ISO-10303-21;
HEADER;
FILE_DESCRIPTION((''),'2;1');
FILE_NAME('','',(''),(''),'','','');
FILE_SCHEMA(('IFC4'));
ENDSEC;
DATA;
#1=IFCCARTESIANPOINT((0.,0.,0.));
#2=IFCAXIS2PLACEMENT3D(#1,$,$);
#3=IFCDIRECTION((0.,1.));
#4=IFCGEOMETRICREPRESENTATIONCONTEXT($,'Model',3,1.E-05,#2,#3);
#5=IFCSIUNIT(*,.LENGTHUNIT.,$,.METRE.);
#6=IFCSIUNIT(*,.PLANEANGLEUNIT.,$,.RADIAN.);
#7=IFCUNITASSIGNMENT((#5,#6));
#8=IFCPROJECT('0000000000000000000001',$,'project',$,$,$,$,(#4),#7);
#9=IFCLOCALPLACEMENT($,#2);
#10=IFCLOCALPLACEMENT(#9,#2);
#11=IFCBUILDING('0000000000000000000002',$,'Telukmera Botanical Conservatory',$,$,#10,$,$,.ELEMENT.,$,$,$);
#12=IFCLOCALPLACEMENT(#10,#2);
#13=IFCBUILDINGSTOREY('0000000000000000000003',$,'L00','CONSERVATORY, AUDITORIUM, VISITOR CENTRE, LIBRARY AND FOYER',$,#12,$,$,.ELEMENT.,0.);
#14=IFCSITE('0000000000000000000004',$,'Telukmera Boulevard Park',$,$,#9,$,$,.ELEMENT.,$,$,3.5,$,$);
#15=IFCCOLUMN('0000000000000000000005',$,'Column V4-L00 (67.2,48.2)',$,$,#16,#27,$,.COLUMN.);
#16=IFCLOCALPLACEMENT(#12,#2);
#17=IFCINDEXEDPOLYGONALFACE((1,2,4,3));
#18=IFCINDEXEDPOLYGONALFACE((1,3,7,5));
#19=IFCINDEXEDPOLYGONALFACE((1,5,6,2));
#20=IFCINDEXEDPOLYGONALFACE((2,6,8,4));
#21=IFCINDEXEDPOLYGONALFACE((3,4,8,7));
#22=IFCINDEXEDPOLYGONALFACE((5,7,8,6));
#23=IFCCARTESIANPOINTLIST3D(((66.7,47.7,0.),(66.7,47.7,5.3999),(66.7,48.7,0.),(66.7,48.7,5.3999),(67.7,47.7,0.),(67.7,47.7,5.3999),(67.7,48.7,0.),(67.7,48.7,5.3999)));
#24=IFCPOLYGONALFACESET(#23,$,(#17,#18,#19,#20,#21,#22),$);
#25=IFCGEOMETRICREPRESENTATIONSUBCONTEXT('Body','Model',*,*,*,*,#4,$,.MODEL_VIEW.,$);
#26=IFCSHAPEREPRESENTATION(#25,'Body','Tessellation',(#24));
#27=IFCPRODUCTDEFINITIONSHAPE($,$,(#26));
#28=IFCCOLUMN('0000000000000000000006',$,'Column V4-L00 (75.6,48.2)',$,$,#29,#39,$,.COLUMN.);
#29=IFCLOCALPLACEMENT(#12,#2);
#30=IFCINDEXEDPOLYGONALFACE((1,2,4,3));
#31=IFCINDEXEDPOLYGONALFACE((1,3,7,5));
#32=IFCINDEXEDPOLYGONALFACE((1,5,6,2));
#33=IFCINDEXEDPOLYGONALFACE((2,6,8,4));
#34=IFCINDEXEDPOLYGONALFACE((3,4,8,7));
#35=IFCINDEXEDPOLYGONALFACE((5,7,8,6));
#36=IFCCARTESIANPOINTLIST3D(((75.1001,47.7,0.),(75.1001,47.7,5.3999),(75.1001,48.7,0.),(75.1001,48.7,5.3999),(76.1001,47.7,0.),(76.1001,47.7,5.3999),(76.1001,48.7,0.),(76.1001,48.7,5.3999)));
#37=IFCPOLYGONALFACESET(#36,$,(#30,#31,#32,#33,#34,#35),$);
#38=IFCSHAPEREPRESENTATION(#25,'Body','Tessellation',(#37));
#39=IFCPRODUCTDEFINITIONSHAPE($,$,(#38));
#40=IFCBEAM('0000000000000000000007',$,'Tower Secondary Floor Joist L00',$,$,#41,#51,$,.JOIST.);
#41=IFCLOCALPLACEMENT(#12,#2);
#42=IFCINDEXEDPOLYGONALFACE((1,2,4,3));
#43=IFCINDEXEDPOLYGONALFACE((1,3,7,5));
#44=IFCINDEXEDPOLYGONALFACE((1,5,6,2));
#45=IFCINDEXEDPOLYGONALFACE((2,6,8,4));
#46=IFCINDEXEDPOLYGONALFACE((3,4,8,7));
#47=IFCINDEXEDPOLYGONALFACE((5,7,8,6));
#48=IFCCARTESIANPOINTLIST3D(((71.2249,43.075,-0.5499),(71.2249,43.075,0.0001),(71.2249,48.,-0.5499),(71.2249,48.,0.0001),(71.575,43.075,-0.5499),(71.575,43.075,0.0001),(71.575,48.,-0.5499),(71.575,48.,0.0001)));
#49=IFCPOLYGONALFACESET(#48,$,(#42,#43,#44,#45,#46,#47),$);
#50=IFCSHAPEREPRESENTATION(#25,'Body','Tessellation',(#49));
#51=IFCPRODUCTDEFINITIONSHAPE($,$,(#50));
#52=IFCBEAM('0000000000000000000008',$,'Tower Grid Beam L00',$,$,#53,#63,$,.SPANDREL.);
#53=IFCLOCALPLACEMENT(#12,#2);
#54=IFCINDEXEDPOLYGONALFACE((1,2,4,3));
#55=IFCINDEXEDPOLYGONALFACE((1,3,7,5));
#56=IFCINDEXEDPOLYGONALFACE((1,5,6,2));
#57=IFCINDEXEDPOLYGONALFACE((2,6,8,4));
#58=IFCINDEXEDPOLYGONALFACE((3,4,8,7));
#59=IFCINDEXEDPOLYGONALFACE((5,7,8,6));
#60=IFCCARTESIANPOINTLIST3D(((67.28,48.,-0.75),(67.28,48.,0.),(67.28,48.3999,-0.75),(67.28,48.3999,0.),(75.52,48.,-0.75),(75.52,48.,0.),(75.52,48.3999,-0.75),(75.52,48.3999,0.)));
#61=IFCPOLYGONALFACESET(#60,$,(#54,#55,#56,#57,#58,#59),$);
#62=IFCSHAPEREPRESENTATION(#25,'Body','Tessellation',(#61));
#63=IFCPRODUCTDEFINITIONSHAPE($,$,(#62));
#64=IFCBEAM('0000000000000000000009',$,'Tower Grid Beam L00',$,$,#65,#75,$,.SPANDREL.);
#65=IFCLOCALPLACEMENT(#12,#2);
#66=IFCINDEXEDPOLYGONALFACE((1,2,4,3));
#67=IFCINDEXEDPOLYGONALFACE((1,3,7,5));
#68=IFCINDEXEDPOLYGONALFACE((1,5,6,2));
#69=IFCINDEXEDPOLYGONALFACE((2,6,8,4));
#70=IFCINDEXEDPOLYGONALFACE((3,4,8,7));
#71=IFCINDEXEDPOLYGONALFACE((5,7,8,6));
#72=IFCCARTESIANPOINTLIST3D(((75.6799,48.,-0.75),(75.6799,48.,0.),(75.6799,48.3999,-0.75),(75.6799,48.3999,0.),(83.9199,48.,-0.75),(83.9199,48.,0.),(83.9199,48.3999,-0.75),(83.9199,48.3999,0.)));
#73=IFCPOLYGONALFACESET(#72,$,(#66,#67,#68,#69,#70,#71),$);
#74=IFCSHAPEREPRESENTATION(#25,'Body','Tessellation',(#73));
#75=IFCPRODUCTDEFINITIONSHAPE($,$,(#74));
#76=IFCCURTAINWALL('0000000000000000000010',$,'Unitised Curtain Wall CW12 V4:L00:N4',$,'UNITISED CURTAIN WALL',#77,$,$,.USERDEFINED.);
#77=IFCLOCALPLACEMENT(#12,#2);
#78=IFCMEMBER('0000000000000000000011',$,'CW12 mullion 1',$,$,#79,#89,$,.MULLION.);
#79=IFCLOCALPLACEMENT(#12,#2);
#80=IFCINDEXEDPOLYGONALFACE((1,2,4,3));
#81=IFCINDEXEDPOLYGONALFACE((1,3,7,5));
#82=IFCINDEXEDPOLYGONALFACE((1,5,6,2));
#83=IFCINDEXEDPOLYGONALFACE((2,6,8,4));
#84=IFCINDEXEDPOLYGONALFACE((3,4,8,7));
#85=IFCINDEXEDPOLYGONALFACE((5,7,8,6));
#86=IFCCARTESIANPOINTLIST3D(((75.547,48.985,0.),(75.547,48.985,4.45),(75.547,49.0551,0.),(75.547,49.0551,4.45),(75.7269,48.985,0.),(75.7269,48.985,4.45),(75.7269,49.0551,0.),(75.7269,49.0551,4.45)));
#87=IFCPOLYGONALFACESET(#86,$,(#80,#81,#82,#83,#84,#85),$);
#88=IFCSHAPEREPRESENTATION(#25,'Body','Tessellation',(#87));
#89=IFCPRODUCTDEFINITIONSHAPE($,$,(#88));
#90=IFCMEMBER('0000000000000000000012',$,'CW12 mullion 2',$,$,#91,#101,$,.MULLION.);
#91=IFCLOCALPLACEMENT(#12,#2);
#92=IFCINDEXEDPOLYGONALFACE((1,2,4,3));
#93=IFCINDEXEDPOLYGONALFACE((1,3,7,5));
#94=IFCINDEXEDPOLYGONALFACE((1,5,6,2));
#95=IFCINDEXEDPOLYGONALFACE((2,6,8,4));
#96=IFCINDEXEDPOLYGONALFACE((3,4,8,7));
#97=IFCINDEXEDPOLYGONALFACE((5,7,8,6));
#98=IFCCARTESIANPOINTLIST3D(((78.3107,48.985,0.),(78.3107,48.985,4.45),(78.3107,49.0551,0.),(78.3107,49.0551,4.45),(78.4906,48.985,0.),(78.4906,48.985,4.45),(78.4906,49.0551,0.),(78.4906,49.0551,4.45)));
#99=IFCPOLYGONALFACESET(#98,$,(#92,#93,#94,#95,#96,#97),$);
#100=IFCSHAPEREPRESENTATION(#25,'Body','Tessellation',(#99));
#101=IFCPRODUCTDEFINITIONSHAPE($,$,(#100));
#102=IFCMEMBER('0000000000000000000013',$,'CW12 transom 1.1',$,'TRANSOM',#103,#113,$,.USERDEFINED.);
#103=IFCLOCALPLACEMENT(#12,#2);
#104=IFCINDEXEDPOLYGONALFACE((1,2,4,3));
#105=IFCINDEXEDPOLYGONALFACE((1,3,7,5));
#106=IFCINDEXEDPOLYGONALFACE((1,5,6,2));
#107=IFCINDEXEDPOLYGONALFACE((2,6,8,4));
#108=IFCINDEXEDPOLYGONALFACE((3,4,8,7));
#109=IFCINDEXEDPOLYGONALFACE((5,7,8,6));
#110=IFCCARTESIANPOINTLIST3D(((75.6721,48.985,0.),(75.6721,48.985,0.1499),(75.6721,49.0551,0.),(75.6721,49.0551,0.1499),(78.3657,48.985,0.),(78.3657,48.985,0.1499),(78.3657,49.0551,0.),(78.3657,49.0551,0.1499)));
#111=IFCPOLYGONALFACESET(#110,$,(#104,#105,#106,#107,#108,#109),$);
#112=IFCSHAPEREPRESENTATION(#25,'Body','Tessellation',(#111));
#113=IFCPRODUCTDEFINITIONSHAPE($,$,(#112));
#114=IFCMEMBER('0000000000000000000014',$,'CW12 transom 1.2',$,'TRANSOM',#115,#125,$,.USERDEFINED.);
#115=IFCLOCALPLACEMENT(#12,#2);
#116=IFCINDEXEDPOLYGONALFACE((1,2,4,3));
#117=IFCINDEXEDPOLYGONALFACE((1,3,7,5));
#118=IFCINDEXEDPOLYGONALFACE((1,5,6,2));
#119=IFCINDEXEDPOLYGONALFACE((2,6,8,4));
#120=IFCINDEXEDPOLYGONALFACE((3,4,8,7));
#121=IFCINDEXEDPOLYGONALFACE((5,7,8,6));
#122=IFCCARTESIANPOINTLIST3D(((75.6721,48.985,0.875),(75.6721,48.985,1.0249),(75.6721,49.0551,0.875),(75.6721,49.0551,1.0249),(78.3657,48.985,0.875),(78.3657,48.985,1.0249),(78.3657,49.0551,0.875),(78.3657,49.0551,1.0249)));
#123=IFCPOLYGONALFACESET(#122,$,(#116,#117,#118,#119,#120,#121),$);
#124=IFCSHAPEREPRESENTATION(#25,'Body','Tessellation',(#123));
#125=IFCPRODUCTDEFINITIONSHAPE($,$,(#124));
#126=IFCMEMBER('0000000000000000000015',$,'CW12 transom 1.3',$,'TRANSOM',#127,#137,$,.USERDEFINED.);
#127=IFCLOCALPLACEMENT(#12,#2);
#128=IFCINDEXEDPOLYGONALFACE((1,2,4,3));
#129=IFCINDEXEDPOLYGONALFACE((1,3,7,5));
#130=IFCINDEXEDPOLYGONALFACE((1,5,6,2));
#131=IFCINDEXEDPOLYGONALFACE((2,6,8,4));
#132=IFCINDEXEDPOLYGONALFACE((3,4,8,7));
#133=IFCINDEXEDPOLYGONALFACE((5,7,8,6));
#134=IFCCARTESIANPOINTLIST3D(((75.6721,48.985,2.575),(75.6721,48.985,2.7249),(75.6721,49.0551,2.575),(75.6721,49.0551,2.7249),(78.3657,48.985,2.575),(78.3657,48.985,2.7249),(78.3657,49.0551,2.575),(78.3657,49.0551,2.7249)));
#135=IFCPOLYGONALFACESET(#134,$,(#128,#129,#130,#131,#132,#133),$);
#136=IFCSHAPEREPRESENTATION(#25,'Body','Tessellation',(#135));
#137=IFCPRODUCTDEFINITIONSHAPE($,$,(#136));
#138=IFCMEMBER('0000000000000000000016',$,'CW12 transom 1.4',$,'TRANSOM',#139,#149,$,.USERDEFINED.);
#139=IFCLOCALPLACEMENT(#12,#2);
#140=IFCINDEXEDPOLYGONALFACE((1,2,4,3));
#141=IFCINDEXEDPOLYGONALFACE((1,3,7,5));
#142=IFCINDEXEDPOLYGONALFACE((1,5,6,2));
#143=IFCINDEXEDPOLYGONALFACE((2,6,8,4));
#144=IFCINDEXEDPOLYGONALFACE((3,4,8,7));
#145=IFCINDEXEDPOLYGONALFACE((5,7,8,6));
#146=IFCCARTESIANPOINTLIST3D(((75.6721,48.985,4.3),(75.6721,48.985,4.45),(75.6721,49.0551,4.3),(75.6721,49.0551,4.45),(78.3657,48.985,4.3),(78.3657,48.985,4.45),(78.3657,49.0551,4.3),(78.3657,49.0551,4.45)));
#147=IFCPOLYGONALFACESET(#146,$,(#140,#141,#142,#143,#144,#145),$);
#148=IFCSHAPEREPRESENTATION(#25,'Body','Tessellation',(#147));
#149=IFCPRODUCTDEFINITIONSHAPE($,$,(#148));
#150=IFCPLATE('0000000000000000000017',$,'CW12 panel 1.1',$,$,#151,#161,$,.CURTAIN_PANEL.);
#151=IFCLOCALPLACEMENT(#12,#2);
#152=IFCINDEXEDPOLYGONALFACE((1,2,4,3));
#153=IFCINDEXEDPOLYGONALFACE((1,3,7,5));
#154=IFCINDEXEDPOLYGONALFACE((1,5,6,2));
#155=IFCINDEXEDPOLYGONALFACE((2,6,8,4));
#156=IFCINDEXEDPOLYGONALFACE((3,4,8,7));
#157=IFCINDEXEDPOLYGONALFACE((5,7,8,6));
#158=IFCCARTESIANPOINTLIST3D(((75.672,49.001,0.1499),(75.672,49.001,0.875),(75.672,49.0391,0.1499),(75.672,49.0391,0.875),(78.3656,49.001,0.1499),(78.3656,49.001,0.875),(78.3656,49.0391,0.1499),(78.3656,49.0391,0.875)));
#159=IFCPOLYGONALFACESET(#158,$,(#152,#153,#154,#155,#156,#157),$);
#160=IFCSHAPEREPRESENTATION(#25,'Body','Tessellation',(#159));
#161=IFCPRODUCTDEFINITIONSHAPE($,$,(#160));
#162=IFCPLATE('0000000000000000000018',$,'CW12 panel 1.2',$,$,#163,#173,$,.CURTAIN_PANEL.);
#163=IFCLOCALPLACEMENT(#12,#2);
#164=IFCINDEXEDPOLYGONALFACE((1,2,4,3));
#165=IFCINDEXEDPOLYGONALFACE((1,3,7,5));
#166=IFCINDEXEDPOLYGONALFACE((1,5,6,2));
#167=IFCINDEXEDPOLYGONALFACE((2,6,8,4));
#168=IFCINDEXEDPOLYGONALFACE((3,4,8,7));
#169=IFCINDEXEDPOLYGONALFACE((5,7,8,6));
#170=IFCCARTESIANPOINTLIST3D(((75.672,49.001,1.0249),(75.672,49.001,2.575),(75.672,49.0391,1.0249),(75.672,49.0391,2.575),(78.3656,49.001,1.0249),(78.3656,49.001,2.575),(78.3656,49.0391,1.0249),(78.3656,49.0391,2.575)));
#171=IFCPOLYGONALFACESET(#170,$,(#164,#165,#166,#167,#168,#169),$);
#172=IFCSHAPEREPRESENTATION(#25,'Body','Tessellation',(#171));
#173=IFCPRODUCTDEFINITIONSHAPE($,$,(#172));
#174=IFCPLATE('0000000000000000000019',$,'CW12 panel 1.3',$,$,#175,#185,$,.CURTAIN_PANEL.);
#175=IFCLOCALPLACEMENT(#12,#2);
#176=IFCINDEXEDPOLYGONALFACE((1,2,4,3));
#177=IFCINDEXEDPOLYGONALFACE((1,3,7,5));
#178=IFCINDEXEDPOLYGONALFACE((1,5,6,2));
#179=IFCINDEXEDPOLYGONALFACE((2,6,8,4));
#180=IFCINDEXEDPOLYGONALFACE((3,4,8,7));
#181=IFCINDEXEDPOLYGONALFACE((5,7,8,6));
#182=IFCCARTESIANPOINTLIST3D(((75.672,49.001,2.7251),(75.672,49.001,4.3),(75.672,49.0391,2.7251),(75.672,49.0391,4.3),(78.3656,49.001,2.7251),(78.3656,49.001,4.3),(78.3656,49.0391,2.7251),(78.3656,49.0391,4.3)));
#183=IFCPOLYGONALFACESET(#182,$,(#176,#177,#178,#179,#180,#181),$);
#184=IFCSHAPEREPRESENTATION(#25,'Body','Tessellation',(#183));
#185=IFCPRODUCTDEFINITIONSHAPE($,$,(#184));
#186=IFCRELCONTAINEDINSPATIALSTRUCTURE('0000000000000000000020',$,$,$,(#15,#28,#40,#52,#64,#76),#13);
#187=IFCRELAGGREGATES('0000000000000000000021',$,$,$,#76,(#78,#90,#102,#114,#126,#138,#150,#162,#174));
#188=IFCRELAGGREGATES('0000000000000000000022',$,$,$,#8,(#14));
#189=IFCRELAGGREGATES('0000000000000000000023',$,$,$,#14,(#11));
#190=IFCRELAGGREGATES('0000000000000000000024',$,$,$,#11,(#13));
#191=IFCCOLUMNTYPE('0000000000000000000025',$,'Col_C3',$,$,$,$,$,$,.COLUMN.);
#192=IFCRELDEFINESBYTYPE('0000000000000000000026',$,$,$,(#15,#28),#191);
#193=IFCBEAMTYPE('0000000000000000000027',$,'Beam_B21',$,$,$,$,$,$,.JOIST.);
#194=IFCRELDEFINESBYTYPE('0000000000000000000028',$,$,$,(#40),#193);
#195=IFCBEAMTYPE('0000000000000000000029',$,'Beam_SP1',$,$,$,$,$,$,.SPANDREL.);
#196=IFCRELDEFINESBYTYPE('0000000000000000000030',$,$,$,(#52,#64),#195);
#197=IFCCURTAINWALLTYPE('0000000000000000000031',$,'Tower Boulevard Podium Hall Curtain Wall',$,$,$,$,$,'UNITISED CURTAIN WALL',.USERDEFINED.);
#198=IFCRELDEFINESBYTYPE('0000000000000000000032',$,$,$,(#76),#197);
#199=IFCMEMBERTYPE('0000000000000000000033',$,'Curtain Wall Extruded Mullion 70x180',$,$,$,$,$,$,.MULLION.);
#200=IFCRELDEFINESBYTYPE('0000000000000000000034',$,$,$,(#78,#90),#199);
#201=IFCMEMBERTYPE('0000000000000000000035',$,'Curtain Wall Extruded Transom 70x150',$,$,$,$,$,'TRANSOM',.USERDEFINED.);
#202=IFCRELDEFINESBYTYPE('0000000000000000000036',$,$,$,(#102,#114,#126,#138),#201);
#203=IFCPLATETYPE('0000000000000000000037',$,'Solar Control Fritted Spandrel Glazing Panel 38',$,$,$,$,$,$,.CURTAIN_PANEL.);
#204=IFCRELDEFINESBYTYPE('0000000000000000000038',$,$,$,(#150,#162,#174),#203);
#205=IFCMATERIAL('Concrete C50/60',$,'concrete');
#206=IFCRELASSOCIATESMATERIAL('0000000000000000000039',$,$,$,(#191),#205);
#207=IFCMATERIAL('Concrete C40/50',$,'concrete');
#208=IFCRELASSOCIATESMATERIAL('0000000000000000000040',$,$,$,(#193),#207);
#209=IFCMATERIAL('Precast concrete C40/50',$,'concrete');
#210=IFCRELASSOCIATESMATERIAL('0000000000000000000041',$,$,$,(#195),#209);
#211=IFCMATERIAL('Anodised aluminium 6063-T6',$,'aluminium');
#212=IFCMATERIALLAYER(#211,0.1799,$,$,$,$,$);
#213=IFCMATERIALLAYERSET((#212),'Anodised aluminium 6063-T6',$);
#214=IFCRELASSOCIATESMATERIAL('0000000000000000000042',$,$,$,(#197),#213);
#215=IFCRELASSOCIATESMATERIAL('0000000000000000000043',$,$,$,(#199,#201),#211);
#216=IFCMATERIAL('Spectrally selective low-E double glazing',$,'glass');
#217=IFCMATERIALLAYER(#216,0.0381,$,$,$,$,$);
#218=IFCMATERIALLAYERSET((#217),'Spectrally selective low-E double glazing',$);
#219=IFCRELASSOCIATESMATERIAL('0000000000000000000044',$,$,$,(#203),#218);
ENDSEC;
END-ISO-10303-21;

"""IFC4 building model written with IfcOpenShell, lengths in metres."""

from ifc_helpers import new_model, si_unit, direction, frame, origin, origin_2d, place, context, subcontext, project, spatial, rectangle, extrude, material, layer, layer_set, material_profile, profile_set, type_object, element, aggregate, save


model = new_model("IFC4")

# Units and contexts
model_context = context("Model", 3, precision=1e-05, world=origin(), true_north=direction((0.0, 1.0)))
body_context = subcontext(model_context, "Body", "Model", "MODEL_VIEW")
ifc_project = project(units=[si_unit("LENGTHUNIT", "METRE"), si_unit("PLANEANGLEUNIT", "RADIAN")], contexts=[model_context])

# Site, building, storey
site_placement = place(None, origin())
site = spatial("IfcSite", under=ifc_project, at=site_placement, Name="Telukmera Boulevard Park", CompositionType="ELEMENT", RefElevation=3.5)
building_placement = place(site_placement, origin())
building = spatial("IfcBuilding", under=site, at=building_placement, Name="Telukmera Botanical Conservatory", CompositionType="ELEMENT")
storey_placement = place(building_placement, origin())
storey = spatial("IfcBuildingStorey", under=building, at=storey_placement, Name="L00", Description="CONSERVATORY, AUDITORIUM, VISITOR CENTRE, LIBRARY AND FOYER", CompositionType="ELEMENT", Elevation=0.0)

# Columns
ifc_material_1 = material(Name="Concrete C50/60", Category="concrete")
ifc_material_profile_1 = material_profile(ifc_material_1, rectangle(XDim=1.0, YDim=1.0, at=origin_2d()), Name="RC 1000x1000")
ifc_profile_set_1 = profile_set([ifc_material_profile_1], Name="Concrete C50/60")
column_type = type_object("IfcColumnType", Name="Col_C3", PredefinedType="COLUMN", material=ifc_profile_set_1)
for number, where, z_axis, x_axis, name in (
    (1, (67.2, 48.2, 0.0), (0.0, 0.0, 1.0), (1.0, 0.0, 0.0), "Column V4-L00 (67.2,48.2)"),
    (2, (75.6001, 48.2, 0.0), (0.0, 0.0, 1.0), (1.0, 0.0, 0.0), "Column V4-L00 (75.6,48.2)"),
):
    element("IfcColumn", number, at=place(storey_placement, frame(where, z_axis=z_axis, x_axis=x_axis)), inside=storey, type_object=column_type, Name=name, PredefinedType="COLUMN", context=body_context, shape_type="SweptSolid", body=[
        extrude(rectangle(XDim=1.0, YDim=1.0, at=origin_2d()), origin(), (0.0, 0.0, 1.0), 5.3999),
    ])

# Beams
ifc_material_2 = material(Name="Concrete C40/50", Category="concrete")
ifc_material_profile_2 = material_profile(ifc_material_2, rectangle(XDim=0.3501, YDim=0.55, at=origin_2d()), Name="RC 350x550")
ifc_profile_set_2 = profile_set([ifc_material_profile_2], Name="Concrete C40/50")
beam_type_1 = type_object("IfcBeamType", Name="Beam_B21", PredefinedType="JOIST", material=ifc_profile_set_2)
beam_placement = place(storey_placement, frame((71.3999, 43.075, -0.2749), z_axis=(0.0, 1.0, 0.0), x_axis=(-1.0, 0.0, 0.0)))
element("IfcBeam", 3, at=beam_placement, inside=storey, type_object=beam_type_1, Name="Tower Secondary Floor Joist L00", PredefinedType="JOIST", context=body_context, shape_type="SweptSolid", body=[
    extrude(rectangle(XDim=0.3501, YDim=0.55, at=origin_2d()), origin(), (0.0, 0.0, 1.0), 4.925),
])
ifc_material_3 = material(Name="Precast concrete C40/50", Category="concrete")
ifc_material_profile_3 = material_profile(ifc_material_3, rectangle(XDim=0.3999, YDim=0.75, at=origin_2d()), Name="PC 400x750")
ifc_profile_set_3 = profile_set([ifc_material_profile_3], Name="Precast concrete C40/50")
beam_type_2 = type_object("IfcBeamType", Name="Beam_SP1", PredefinedType="SPANDREL", material=ifc_profile_set_3)
for number, where, z_axis, x_axis, name in (
    (4, (67.28, 48.2, -0.375), (1.0, 0.0, 0.0), (0.0, 1.0, 0.0), "Tower Grid Beam L00"),
    (5, (75.6799, 48.2, -0.375), (1.0, 0.0, 0.0), (0.0, 1.0, 0.0), "Tower Grid Beam L00"),
):
    element("IfcBeam", number, at=place(storey_placement, frame(where, z_axis=z_axis, x_axis=x_axis)), inside=storey, type_object=beam_type_2, Name=name, PredefinedType="SPANDREL", context=body_context, shape_type="SweptSolid", body=[
        extrude(rectangle(XDim=0.3999, YDim=0.75, at=origin_2d()), origin(), (0.0, 0.0, 1.0), 8.24),
    ])

# Curtain wall, members, plates
ifc_material_4 = material(Name="Anodised aluminium 6063-T6", Category="aluminium")
ifc_layer_1 = layer(ifc_material_4, 0.1799)
ifc_layer_set_1 = layer_set([ifc_layer_1], Name="Anodised aluminium 6063-T6")
curtain_wall_type = type_object("IfcCurtainWallType", Name="Tower Boulevard Podium Hall Curtain Wall", ElementType="UNITISED CURTAIN WALL", PredefinedType="USERDEFINED", material=ifc_layer_set_1)
curtain_wall_placement = place(storey_placement, origin())
curtain_wall = element("IfcCurtainWall", 6, at=curtain_wall_placement, inside=storey, type_object=curtain_wall_type, Name="Unitised Curtain Wall CW12 V4:L00:N4", ObjectType="UNITISED CURTAIN WALL", PredefinedType="USERDEFINED")
ifc_material_profile_4 = material_profile(ifc_material_4, rectangle(XDim=0.0701, YDim=0.1799, at=origin_2d()), Name="ALU MULL 70x180")
ifc_profile_set_4 = profile_set([ifc_material_profile_4], Name="Anodised aluminium 6063-T6")
member_type_1 = type_object("IfcMemberType", Name="Curtain Wall Extruded Mullion 70x180", PredefinedType="MULLION", material=ifc_profile_set_4)
member_1_placement = place(storey_placement, frame((75.637, 49.02, 0.0), z_axis=(0.0, 0.0, 1.0), x_axis=(0.0, 1.0, 0.0)))
member_1 = element("IfcMember", 7, at=member_1_placement, type_object=member_type_1, Name="CW12 mullion 1", PredefinedType="MULLION", context=body_context, shape_type="SweptSolid", body=[
    extrude(rectangle(XDim=0.0701, YDim=0.1799, at=origin_2d()), origin(), (0.0, 0.0, 1.0), 4.45),
])
member_2_placement = place(storey_placement, frame((78.4006, 49.02, 0.0), z_axis=(0.0, 0.0, 1.0), x_axis=(0.0, 1.0, 0.0)))
member_2 = element("IfcMember", 8, at=member_2_placement, type_object=member_type_1, Name="CW12 mullion 2", PredefinedType="MULLION", context=body_context, shape_type="SweptSolid", body=[
    extrude(rectangle(XDim=0.0701, YDim=0.1799, at=origin_2d()), origin(), (0.0, 0.0, 1.0), 4.45),
])
ifc_material_profile_5 = material_profile(ifc_material_4, rectangle(XDim=0.0701, YDim=0.1499, at=origin_2d()), Name="ALU TRAN 70x150")
ifc_profile_set_5 = profile_set([ifc_material_profile_5], Name="Anodised aluminium 6063-T6")
member_type_2 = type_object("IfcMemberType", Name="Curtain Wall Extruded Transom 70x150", ElementType="TRANSOM", PredefinedType="USERDEFINED", material=ifc_profile_set_5)
member_3_placement = place(storey_placement, frame((75.6721, 49.02, 0.075), z_axis=(1.0, 0.0, 0.0), x_axis=(0.0, 1.0, 0.0)))
member_3 = element("IfcMember", 9, at=member_3_placement, type_object=member_type_2, Name="CW12 transom 1.1", ObjectType="TRANSOM", PredefinedType="USERDEFINED", context=body_context, shape_type="SweptSolid", body=[
    extrude(rectangle(XDim=0.0701, YDim=0.1499, at=origin_2d()), origin(), (0.0, 0.0, 1.0), 2.6936),
])
member_4_placement = place(storey_placement, frame((75.6721, 49.02, 0.95), z_axis=(1.0, 0.0, 0.0), x_axis=(0.0, 1.0, 0.0)))
member_4 = element("IfcMember", 10, at=member_4_placement, type_object=member_type_2, Name="CW12 transom 1.2", ObjectType="TRANSOM", PredefinedType="USERDEFINED", context=body_context, shape_type="SweptSolid", body=[
    extrude(rectangle(XDim=0.0701, YDim=0.1499, at=origin_2d()), origin(), (0.0, 0.0, 1.0), 2.6936),
])
member_5_placement = place(storey_placement, frame((75.6721, 49.02, 2.6499), z_axis=(1.0, 0.0, 0.0), x_axis=(0.0, 1.0, 0.0)))
member_5 = element("IfcMember", 11, at=member_5_placement, type_object=member_type_2, Name="CW12 transom 1.3", ObjectType="TRANSOM", PredefinedType="USERDEFINED", context=body_context, shape_type="SweptSolid", body=[
    extrude(rectangle(XDim=0.0701, YDim=0.1499, at=origin_2d()), origin(), (0.0, 0.0, 1.0), 2.6936),
])
member_6_placement = place(storey_placement, frame((75.6721, 49.02, 4.375), z_axis=(1.0, 0.0, 0.0), x_axis=(0.0, 1.0, 0.0)))
member_6 = element("IfcMember", 12, at=member_6_placement, type_object=member_type_2, Name="CW12 transom 1.4", ObjectType="TRANSOM", PredefinedType="USERDEFINED", context=body_context, shape_type="SweptSolid", body=[
    extrude(rectangle(XDim=0.0701, YDim=0.1499, at=origin_2d()), origin(), (0.0, 0.0, 1.0), 2.6936),
])
ifc_material_5 = material(Name="Spectrally selective low-E double glazing", Category="glass")
ifc_layer_2 = layer(ifc_material_5, 0.0381)
ifc_layer_set_2 = layer_set([ifc_layer_2], Name="Spectrally selective low-E double glazing")
plate_type = type_object("IfcPlateType", Name="Solar Control Fritted Spandrel Glazing Panel 38", PredefinedType="CURTAIN_PANEL", material=ifc_layer_set_2)
plate_1_placement = place(storey_placement, frame((77.0188, 49.02, 0.1499), z_axis=(0.0, 0.0, 1.0), x_axis=(1.0, 0.0, 0.0)))
plate_1 = element("IfcPlate", 13, at=plate_1_placement, type_object=plate_type, Name="CW12 panel 1.1", PredefinedType="CURTAIN_PANEL", context=body_context, shape_type="SweptSolid", body=[
    extrude(rectangle(XDim=2.6936, YDim=0.0381, at=origin_2d()), origin(), (0.0, 0.0, 1.0), 0.7251),
])
plate_2_placement = place(storey_placement, frame((77.0188, 49.02, 1.0249), z_axis=(0.0, 0.0, 1.0), x_axis=(1.0, 0.0, 0.0)))
plate_2 = element("IfcPlate", 14, at=plate_2_placement, type_object=plate_type, Name="CW12 panel 1.2", PredefinedType="CURTAIN_PANEL", context=body_context, shape_type="SweptSolid", body=[
    extrude(rectangle(XDim=2.6936, YDim=0.0381, at=origin_2d()), origin(), (0.0, 0.0, 1.0), 1.55),
])
plate_3_placement = place(storey_placement, frame((77.0188, 49.02, 2.7251), z_axis=(0.0, 0.0, 1.0), x_axis=(1.0, 0.0, 0.0)))
plate_3 = element("IfcPlate", 15, at=plate_3_placement, type_object=plate_type, Name="CW12 panel 1.3", PredefinedType="CURTAIN_PANEL", context=body_context, shape_type="SweptSolid", body=[
    extrude(rectangle(XDim=2.6936, YDim=0.0381, at=origin_2d()), origin(), (0.0, 0.0, 1.0), 1.575),
])
aggregate(curtain_wall, [member_1, member_2, member_3, member_4, member_5, member_6, plate_1, plate_2, plate_3])

save(model, "model.ifc")
